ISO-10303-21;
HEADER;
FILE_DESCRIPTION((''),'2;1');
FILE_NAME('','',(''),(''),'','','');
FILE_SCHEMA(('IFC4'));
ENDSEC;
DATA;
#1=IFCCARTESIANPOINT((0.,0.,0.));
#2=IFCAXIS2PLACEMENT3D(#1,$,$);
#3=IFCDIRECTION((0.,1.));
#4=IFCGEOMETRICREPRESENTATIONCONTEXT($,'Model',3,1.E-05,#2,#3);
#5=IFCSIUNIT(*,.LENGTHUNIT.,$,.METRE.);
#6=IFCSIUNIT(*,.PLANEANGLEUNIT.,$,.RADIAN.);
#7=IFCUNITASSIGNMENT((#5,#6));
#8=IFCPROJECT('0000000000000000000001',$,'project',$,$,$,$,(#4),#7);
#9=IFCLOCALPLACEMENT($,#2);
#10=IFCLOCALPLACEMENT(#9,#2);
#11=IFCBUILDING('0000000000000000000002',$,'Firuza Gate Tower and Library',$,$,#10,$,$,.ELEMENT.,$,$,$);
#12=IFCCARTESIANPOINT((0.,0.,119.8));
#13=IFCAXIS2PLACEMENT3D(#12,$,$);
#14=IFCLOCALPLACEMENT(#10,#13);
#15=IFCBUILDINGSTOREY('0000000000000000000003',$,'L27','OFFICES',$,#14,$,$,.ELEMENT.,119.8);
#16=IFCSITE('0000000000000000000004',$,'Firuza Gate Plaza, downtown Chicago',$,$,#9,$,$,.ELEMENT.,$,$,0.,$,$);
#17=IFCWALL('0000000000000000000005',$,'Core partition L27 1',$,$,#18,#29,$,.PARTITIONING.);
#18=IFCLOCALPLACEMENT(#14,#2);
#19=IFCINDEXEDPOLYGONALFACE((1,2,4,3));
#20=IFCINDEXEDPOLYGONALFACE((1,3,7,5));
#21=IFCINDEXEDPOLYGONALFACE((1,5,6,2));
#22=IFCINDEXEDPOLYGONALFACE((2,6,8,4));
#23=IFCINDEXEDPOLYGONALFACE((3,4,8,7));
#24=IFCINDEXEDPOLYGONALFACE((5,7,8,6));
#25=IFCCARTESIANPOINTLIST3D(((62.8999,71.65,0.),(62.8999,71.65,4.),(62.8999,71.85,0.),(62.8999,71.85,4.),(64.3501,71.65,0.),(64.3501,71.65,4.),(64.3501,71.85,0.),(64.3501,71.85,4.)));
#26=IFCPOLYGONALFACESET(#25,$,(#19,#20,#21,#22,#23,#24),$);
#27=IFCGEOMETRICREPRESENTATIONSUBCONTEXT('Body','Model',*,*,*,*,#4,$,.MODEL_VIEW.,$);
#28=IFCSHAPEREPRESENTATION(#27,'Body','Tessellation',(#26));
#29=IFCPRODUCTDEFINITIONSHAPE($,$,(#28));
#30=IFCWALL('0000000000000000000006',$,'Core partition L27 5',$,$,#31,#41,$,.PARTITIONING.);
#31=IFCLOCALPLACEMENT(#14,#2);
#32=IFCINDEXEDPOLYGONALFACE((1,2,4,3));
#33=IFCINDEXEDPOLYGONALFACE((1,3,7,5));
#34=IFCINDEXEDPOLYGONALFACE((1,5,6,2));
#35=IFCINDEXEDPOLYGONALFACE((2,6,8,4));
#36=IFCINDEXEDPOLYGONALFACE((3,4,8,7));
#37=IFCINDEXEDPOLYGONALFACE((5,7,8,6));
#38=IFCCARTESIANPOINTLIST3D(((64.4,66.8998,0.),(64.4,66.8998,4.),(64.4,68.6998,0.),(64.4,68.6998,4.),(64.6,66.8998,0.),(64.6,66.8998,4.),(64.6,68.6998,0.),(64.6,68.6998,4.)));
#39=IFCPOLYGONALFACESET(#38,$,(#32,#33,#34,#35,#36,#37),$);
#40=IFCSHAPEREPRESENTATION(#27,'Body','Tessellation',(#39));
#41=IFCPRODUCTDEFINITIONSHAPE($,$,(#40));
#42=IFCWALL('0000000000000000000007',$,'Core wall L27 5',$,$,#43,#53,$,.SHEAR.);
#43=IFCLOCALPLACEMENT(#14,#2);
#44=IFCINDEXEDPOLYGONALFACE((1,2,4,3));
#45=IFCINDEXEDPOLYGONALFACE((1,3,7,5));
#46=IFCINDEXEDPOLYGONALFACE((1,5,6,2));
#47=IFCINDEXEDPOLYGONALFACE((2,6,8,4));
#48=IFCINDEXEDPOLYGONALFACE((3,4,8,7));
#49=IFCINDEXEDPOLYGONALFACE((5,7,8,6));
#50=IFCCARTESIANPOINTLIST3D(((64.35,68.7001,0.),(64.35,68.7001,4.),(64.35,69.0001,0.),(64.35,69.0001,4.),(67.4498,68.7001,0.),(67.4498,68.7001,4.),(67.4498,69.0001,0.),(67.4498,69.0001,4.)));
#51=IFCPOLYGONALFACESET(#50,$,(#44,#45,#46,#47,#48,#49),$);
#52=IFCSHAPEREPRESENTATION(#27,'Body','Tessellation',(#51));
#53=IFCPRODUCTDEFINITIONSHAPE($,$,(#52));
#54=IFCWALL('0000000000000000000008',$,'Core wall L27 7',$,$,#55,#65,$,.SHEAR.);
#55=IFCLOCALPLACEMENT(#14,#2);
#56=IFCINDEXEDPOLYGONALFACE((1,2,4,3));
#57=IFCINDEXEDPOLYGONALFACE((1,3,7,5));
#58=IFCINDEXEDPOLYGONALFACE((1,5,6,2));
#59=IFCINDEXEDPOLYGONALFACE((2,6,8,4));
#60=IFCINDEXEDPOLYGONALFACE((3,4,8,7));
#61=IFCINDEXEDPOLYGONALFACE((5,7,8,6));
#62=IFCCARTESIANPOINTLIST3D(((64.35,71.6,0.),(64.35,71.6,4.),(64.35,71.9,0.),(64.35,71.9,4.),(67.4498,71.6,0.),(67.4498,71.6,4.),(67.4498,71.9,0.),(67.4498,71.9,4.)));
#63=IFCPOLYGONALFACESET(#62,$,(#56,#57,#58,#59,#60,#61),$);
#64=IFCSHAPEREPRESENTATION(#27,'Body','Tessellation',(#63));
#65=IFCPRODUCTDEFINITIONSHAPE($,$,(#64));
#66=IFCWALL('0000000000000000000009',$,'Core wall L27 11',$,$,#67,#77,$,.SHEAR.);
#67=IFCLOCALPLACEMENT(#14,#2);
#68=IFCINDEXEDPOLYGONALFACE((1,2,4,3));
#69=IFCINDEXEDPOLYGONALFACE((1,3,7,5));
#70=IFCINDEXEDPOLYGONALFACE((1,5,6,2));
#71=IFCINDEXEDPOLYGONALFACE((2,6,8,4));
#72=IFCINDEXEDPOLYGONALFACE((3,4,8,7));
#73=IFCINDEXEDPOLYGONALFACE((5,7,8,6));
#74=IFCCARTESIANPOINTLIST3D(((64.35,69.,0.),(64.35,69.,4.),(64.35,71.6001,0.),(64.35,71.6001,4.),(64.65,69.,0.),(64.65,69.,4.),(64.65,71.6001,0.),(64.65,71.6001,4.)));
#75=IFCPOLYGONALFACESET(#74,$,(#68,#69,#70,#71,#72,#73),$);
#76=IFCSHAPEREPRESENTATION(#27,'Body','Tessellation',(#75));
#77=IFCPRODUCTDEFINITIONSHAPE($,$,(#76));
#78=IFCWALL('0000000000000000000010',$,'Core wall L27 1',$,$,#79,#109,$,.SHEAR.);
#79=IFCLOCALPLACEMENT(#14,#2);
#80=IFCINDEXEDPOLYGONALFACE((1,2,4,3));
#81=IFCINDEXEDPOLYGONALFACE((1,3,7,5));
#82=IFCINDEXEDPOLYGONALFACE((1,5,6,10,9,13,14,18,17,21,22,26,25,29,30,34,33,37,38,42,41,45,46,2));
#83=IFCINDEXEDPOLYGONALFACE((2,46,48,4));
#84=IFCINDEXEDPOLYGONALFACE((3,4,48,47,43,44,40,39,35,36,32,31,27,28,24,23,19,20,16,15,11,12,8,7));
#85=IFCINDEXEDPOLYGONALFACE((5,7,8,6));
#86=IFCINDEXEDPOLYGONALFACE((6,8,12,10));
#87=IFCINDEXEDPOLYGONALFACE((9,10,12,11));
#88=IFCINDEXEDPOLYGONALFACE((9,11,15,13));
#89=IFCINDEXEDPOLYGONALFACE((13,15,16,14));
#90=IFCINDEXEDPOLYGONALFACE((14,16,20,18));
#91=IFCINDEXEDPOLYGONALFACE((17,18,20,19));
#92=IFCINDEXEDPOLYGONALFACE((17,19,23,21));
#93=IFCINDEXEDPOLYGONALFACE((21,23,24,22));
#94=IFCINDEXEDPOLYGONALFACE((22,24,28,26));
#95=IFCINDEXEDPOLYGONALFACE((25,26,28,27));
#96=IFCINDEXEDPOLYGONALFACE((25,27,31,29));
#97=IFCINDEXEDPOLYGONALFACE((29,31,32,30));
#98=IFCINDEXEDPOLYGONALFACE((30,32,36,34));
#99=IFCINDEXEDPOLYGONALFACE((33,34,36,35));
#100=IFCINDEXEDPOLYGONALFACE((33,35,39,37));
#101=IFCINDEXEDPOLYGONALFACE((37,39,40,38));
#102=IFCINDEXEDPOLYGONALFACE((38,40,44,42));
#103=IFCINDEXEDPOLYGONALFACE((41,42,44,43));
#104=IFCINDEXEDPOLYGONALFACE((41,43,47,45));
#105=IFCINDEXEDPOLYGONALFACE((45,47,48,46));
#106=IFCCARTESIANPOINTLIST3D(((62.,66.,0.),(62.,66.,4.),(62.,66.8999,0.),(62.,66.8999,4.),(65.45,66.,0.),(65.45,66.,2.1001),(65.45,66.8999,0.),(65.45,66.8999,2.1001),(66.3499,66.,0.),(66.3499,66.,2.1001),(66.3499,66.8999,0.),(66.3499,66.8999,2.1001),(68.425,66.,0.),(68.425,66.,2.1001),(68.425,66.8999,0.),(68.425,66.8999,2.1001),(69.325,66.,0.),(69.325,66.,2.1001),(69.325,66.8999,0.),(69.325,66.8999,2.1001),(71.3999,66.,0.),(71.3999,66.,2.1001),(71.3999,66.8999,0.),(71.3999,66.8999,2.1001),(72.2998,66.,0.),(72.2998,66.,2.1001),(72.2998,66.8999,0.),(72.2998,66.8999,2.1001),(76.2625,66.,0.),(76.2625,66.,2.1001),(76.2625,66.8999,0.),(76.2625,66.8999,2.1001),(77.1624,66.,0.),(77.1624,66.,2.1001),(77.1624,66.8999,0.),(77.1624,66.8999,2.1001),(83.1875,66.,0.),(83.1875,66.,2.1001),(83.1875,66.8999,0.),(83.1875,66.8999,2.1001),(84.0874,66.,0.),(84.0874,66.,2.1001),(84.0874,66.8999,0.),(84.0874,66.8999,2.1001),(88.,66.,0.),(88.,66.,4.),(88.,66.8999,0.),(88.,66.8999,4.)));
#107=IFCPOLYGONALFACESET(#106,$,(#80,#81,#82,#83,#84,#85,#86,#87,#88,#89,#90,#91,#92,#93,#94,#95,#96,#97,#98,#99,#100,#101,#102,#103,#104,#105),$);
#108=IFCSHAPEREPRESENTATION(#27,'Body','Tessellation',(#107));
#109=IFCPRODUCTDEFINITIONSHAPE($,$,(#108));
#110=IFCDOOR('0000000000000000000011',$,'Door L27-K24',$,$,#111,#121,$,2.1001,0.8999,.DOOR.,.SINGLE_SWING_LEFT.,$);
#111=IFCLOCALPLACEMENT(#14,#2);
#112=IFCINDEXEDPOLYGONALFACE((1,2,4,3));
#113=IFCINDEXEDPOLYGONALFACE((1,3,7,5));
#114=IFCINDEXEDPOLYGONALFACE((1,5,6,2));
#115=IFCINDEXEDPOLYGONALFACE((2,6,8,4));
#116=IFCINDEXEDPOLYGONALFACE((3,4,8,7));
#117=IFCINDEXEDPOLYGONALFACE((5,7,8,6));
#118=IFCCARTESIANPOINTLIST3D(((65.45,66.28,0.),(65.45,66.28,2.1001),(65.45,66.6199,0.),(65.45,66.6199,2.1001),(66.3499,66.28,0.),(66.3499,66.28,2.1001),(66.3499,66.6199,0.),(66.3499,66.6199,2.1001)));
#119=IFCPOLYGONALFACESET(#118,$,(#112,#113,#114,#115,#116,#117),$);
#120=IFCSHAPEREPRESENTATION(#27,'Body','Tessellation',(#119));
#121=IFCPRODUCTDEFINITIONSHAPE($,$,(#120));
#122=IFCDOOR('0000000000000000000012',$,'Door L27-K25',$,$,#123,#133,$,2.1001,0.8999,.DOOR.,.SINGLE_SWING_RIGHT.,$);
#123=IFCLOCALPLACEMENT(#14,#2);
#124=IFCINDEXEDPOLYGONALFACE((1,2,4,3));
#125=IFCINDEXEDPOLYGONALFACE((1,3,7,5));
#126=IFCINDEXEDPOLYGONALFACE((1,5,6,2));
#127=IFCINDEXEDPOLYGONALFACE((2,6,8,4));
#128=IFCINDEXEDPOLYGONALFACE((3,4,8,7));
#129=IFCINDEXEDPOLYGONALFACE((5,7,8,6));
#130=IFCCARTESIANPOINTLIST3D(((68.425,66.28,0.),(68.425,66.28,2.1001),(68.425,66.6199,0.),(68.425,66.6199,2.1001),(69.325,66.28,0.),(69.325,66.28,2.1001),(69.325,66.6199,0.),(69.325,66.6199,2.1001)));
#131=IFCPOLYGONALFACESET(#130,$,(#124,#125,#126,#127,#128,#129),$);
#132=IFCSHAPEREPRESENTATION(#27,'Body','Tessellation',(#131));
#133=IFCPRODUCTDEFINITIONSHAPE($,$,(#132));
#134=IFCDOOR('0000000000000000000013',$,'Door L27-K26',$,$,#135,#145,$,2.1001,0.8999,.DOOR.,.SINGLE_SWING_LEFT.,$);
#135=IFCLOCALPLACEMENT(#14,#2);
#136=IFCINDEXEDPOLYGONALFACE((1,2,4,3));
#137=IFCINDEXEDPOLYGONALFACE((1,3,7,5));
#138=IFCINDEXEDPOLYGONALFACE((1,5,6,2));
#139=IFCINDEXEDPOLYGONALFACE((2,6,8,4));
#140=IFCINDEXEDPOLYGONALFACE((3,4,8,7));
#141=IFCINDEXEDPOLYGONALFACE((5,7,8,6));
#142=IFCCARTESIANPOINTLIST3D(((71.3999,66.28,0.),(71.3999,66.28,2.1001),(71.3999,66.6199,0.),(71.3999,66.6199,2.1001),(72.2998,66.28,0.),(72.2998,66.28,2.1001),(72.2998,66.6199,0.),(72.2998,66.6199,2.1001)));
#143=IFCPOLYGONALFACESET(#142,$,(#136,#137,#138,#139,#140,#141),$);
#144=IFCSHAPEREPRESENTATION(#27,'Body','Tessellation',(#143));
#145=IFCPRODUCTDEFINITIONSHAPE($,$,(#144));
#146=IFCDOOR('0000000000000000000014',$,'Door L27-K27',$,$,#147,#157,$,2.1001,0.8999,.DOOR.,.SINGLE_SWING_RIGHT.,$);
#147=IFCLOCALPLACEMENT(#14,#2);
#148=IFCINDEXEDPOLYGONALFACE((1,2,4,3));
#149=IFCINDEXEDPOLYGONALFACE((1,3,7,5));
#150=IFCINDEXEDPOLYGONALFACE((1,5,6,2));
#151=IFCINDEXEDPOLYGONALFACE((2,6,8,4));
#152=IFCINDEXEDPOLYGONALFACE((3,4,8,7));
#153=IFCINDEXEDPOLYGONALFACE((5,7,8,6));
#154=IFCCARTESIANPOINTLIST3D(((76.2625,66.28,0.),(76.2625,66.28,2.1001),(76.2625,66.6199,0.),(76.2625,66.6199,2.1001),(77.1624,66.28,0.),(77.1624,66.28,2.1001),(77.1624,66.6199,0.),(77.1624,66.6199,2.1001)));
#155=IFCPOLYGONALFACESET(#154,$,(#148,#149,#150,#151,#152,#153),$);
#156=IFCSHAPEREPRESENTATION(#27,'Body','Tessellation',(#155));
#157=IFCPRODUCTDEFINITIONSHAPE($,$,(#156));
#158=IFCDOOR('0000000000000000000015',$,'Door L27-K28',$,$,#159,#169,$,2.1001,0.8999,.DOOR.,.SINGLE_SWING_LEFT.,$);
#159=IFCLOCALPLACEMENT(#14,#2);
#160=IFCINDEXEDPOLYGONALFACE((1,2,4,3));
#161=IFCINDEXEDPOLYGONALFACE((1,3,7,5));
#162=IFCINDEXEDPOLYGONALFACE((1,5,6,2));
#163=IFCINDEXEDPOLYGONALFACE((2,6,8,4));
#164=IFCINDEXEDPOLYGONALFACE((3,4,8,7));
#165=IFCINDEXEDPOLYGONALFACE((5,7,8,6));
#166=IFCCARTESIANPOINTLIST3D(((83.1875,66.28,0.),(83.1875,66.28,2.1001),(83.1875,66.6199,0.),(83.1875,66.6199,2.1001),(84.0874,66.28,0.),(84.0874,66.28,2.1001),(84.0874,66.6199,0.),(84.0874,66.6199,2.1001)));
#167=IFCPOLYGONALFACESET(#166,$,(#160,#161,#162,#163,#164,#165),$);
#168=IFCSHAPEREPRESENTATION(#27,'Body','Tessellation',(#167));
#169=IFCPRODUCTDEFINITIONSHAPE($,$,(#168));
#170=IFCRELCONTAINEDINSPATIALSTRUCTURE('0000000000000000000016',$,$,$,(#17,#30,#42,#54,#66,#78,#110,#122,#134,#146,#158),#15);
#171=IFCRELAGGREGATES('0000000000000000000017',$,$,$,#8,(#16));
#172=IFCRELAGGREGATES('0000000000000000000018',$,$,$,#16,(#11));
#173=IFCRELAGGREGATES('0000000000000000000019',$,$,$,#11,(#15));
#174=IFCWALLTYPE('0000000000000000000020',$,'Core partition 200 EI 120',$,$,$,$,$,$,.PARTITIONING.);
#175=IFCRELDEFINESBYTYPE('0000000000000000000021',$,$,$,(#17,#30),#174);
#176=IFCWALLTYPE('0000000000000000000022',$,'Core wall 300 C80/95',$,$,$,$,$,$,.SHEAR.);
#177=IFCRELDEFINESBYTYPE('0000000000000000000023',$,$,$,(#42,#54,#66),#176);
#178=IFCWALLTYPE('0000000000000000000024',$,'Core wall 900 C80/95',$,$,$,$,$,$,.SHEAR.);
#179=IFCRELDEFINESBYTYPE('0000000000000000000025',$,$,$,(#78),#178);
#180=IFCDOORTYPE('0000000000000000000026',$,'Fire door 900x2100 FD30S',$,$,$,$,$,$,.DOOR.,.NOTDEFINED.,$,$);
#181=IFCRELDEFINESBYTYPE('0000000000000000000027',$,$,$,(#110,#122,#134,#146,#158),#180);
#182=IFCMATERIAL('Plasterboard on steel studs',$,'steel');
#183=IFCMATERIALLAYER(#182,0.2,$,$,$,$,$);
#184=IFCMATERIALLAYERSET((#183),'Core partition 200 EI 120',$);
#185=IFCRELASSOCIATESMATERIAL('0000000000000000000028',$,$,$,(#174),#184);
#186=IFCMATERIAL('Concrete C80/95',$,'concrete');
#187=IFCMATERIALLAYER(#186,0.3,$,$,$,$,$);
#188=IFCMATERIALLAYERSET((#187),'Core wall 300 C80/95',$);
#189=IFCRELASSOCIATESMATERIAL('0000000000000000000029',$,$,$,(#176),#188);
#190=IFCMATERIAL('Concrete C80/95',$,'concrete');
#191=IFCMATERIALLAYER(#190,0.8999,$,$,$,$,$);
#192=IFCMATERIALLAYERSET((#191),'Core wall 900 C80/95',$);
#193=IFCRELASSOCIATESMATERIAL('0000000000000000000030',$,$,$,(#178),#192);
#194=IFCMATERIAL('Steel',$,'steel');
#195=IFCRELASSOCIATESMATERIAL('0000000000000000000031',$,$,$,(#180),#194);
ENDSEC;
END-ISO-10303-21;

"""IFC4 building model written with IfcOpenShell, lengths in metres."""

from ifc_helpers import new_model, si_unit, direction, frame, frame_2d, origin, place, context, subcontext, project, spatial, rectangle, extrude, material, layer, layer_set, type_object, element, fill, save


model = new_model("IFC4")

# Units and contexts
model_context = context("Model", 3, precision=1e-05, world=origin(), true_north=direction((0.0, 1.0)))
body_context = subcontext(model_context, "Body", "Model", "MODEL_VIEW")
ifc_project = project(units=[si_unit("LENGTHUNIT", "METRE"), si_unit("PLANEANGLEUNIT", "RADIAN")], contexts=[model_context])

# Site, building, storey
site_placement = place(None, origin())
site = spatial("IfcSite", under=ifc_project, at=site_placement, Name="Firuza Gate Plaza, downtown Chicago", CompositionType="ELEMENT", RefElevation=0.0)
building_placement = place(site_placement, origin())
building = spatial("IfcBuilding", under=site, at=building_placement, Name="Firuza Gate Tower and Library", CompositionType="ELEMENT")
storey_placement = place(building_placement, frame((0.0, 0.0, 119.8)))
storey = spatial("IfcBuildingStorey", under=building, at=storey_placement, Name="L27", Description="OFFICES", CompositionType="ELEMENT", Elevation=119.8)

# Walls
ifc_material_1 = material(Name="Plasterboard on steel studs", Category="steel")
ifc_layer_1 = layer(ifc_material_1, 0.2)
ifc_layer_set_1 = layer_set([ifc_layer_1], Name="Core partition 200 EI 120")
wall_type_1 = type_object("IfcWallType", Name="Core partition 200 EI 120", PredefinedType="PARTITIONING", material=ifc_layer_set_1)
wall_1_placement = place(storey_placement, frame((62.8999, 71.75, 0.0), z_axis=(0.0, 0.0, 1.0), x_axis=(1.0, 0.0, 0.0)))
element("IfcWall", 1, at=wall_1_placement, inside=storey, type_object=wall_type_1, Name="Core partition L27 1", PredefinedType="PARTITIONING", context=body_context, shape_type="SweptSolid", body=[
    extrude(rectangle(XDim=1.4502, YDim=0.2, at=frame_2d((0.7251, 0.0))), origin(), (0.0, 0.0, 1.0), 4.0),
])
wall_2_placement = place(storey_placement, frame((64.5, 66.8999, 0.0), z_axis=(0.0, 0.0, 1.0), x_axis=(0.0, 1.0, 0.0)))
element("IfcWall", 2, at=wall_2_placement, inside=storey, type_object=wall_type_1, Name="Core partition L27 5", PredefinedType="PARTITIONING", context=body_context, shape_type="SweptSolid", body=[
    extrude(rectangle(XDim=1.8, YDim=0.2, at=frame_2d((0.8999, 0.0))), origin(), (0.0, 0.0, 1.0), 4.0),
])
ifc_material_2 = material(Name="Concrete C80/95", Category="concrete")
ifc_layer_2 = layer(ifc_material_2, 0.3)
ifc_layer_set_2 = layer_set([ifc_layer_2], Name="Core wall 300 C80/95")
wall_type_2 = type_object("IfcWallType", Name="Core wall 300 C80/95", PredefinedType="SHEAR", material=ifc_layer_set_2)
for number, where, z_axis, x_axis, name in (
    (3, (64.3501, 68.8501, 0.0), (0.0, 0.0, 1.0), (1.0, 0.0, 0.0), "Core wall L27 5"),
    (4, (64.3501, 71.75, 0.0), (0.0, 0.0, 1.0), (1.0, 0.0, 0.0), "Core wall L27 7"),
):
    element("IfcWall", number, at=place(storey_placement, frame(where, z_axis=z_axis, x_axis=x_axis)), inside=storey, type_object=wall_type_2, Name=name, PredefinedType="SHEAR", context=body_context, shape_type="SweptSolid", body=[
        extrude(rectangle(XDim=3.0999, YDim=0.3, at=frame_2d((1.5498, 0.0))), origin(), (0.0, 0.0, 1.0), 4.0),
    ])
wall_3_placement = place(storey_placement, frame((64.5, 69.0, 0.0), z_axis=(0.0, 0.0, 1.0), x_axis=(0.0, 1.0, 0.0)))
element("IfcWall", 5, at=wall_3_placement, inside=storey, type_object=wall_type_2, Name="Core wall L27 11", PredefinedType="SHEAR", context=body_context, shape_type="SweptSolid", body=[
    extrude(rectangle(XDim=2.6001, YDim=0.3, at=frame_2d((1.3, 0.0))), origin(), (0.0, 0.0, 1.0), 4.0),
])

# Wall, openings, doors
ifc_material_3 = material(Name="Concrete C80/95", Category="concrete")
ifc_layer_3 = layer(ifc_material_3, 0.8999)
ifc_layer_set_3 = layer_set([ifc_layer_3], Name="Core wall 900 C80/95")
wall_type_3 = type_object("IfcWallType", Name="Core wall 900 C80/95", PredefinedType="SHEAR", material=ifc_layer_set_3)
wall_4_placement = place(storey_placement, frame((62.0, 66.45, 0.0), z_axis=(0.0, 0.0, 1.0), x_axis=(1.0, 0.0, 0.0)))
wall_4 = element("IfcWall", 6, at=wall_4_placement, inside=storey, type_object=wall_type_3, Name="Core wall L27 1", PredefinedType="SHEAR", context=body_context, shape_type="SweptSolid", body=[
    extrude(rectangle(XDim=26.0, YDim=0.8999, at=frame_2d((13.0, 0.0))), origin(), (0.0, 0.0, 1.0), 4.0),
])
opening_1_placement = place(wall_4_placement, frame((3.45, 0.0, 0.0)))
opening_1 = element("IfcOpeningElement", 7, at=opening_1_placement, cuts=wall_4, PredefinedType="OPENING", context=body_context, shape_type="SweptSolid", body=[
    extrude(rectangle(XDim=0.8999, YDim=2.1001, at=frame_2d((0.45, 1.05))), frame((0.0, 0.46, 0.0), z_axis=(0.0, -1.0, 0.0), x_axis=(1.0, 0.0, 0.0)), (0.0, 0.0, 1.0), 0.9199),
])
opening_2_placement = place(wall_4_placement, frame((6.425, 0.0, 0.0)))
opening_2 = element("IfcOpeningElement", 8, at=opening_2_placement, cuts=wall_4, PredefinedType="OPENING", context=body_context, shape_type="SweptSolid", body=[
    extrude(rectangle(XDim=0.8999, YDim=2.1001, at=frame_2d((0.45, 1.05))), frame((0.0, 0.46, 0.0), z_axis=(0.0, -1.0, 0.0), x_axis=(1.0, 0.0, 0.0)), (0.0, 0.0, 1.0), 0.9199),
])
opening_3_placement = place(wall_4_placement, frame((9.3999, 0.0, 0.0)))
opening_3 = element("IfcOpeningElement", 9, at=opening_3_placement, cuts=wall_4, PredefinedType="OPENING", context=body_context, shape_type="SweptSolid", body=[
    extrude(rectangle(XDim=0.8999, YDim=2.1001, at=frame_2d((0.45, 1.05))), frame((0.0, 0.46, 0.0), z_axis=(0.0, -1.0, 0.0), x_axis=(1.0, 0.0, 0.0)), (0.0, 0.0, 1.0), 0.9199),
])
opening_4_placement = place(wall_4_placement, frame((14.2625, 0.0, 0.0)))
opening_4 = element("IfcOpeningElement", 10, at=opening_4_placement, cuts=wall_4, PredefinedType="OPENING", context=body_context, shape_type="SweptSolid", body=[
    extrude(rectangle(XDim=0.8999, YDim=2.1001, at=frame_2d((0.45, 1.05))), frame((0.0, 0.46, 0.0), z_axis=(0.0, -1.0, 0.0), x_axis=(1.0, 0.0, 0.0)), (0.0, 0.0, 1.0), 0.9199),
])
opening_5_placement = place(wall_4_placement, frame((21.1875, 0.0, 0.0)))
opening_5 = element("IfcOpeningElement", 11, at=opening_5_placement, cuts=wall_4, PredefinedType="OPENING", context=body_context, shape_type="SweptSolid", body=[
    extrude(rectangle(XDim=0.8999, YDim=2.1001, at=frame_2d((0.45, 1.05))), frame((0.0, 0.46, 0.0), z_axis=(0.0, -1.0, 0.0), x_axis=(1.0, 0.0, 0.0)), (0.0, 0.0, 1.0), 0.9199),
])
ifc_material_4 = material(Name="Steel", Category="steel")
door_type_1 = type_object("IfcDoorType", Name="Fire door 900x2100 FD30S", OperationType="NOTDEFINED", PredefinedType="DOOR", material=ifc_material_4)
door_1_placement = place(opening_1_placement, origin())
door_1 = element("IfcDoor", 12, at=door_1_placement, inside=storey, type_object=door_type_1, Name="Door L27-K24", OperationType="SINGLE_SWING_LEFT", OverallHeight=2.1001, OverallWidth=0.8999, PredefinedType="DOOR", context=body_context, shape_type="SweptSolid", body=[
    extrude(rectangle(XDim=0.8999, YDim=2.1001, at=frame_2d((0.45, 1.05))), frame((0.0, 0.1699, 0.0), z_axis=(0.0, -1.0, 0.0), x_axis=(1.0, 0.0, 0.0)), (0.0, 0.0, 1.0), 0.3398),
])
fill(opening_1, door_1)
door_2_placement = place(opening_2_placement, origin())
door_2 = element("IfcDoor", 13, at=door_2_placement, inside=storey, type_object=door_type_1, Name="Door L27-K25", OperationType="SINGLE_SWING_RIGHT", OverallHeight=2.1001, OverallWidth=0.8999, PredefinedType="DOOR", context=body_context, shape_type="SweptSolid", body=[
    extrude(rectangle(XDim=0.8999, YDim=2.1001, at=frame_2d((0.45, 1.05))), frame((0.0, 0.1699, 0.0), z_axis=(0.0, -1.0, 0.0), x_axis=(1.0, 0.0, 0.0)), (0.0, 0.0, 1.0), 0.3398),
])
fill(opening_2, door_2)
door_3_placement = place(opening_3_placement, origin())
door_3 = element("IfcDoor", 14, at=door_3_placement, inside=storey, type_object=door_type_1, Name="Door L27-K26", OperationType="SINGLE_SWING_LEFT", OverallHeight=2.1001, OverallWidth=0.8999, PredefinedType="DOOR", context=body_context, shape_type="SweptSolid", body=[
    extrude(rectangle(XDim=0.8999, YDim=2.1001, at=frame_2d((0.45, 1.05))), frame((0.0, 0.1699, 0.0), z_axis=(0.0, -1.0, 0.0), x_axis=(1.0, 0.0, 0.0)), (0.0, 0.0, 1.0), 0.3398),
])
fill(opening_3, door_3)
door_4_placement = place(opening_4_placement, origin())
door_4 = element("IfcDoor", 15, at=door_4_placement, inside=storey, type_object=door_type_1, Name="Door L27-K27", OperationType="SINGLE_SWING_RIGHT", OverallHeight=2.1001, OverallWidth=0.8999, PredefinedType="DOOR", context=body_context, shape_type="SweptSolid", body=[
    extrude(rectangle(XDim=0.8999, YDim=2.1001, at=frame_2d((0.45, 1.05))), frame((0.0, 0.1699, 0.0), z_axis=(0.0, -1.0, 0.0), x_axis=(1.0, 0.0, 0.0)), (0.0, 0.0, 1.0), 0.3398),
])
fill(opening_4, door_4)
door_5_placement = place(opening_5_placement, origin())
door_5 = element("IfcDoor", 16, at=door_5_placement, inside=storey, type_object=door_type_1, Name="Door L27-K28", OperationType="SINGLE_SWING_LEFT", OverallHeight=2.1001, OverallWidth=0.8999, PredefinedType="DOOR", context=body_context, shape_type="SweptSolid", body=[
    extrude(rectangle(XDim=0.8999, YDim=2.1001, at=frame_2d((0.45, 1.05))), frame((0.0, 0.1699, 0.0), z_axis=(0.0, -1.0, 0.0), x_axis=(1.0, 0.0, 0.0)), (0.0, 0.0, 1.0), 0.3398),
])
fill(opening_5, door_5)

save(model, "model.ifc")
